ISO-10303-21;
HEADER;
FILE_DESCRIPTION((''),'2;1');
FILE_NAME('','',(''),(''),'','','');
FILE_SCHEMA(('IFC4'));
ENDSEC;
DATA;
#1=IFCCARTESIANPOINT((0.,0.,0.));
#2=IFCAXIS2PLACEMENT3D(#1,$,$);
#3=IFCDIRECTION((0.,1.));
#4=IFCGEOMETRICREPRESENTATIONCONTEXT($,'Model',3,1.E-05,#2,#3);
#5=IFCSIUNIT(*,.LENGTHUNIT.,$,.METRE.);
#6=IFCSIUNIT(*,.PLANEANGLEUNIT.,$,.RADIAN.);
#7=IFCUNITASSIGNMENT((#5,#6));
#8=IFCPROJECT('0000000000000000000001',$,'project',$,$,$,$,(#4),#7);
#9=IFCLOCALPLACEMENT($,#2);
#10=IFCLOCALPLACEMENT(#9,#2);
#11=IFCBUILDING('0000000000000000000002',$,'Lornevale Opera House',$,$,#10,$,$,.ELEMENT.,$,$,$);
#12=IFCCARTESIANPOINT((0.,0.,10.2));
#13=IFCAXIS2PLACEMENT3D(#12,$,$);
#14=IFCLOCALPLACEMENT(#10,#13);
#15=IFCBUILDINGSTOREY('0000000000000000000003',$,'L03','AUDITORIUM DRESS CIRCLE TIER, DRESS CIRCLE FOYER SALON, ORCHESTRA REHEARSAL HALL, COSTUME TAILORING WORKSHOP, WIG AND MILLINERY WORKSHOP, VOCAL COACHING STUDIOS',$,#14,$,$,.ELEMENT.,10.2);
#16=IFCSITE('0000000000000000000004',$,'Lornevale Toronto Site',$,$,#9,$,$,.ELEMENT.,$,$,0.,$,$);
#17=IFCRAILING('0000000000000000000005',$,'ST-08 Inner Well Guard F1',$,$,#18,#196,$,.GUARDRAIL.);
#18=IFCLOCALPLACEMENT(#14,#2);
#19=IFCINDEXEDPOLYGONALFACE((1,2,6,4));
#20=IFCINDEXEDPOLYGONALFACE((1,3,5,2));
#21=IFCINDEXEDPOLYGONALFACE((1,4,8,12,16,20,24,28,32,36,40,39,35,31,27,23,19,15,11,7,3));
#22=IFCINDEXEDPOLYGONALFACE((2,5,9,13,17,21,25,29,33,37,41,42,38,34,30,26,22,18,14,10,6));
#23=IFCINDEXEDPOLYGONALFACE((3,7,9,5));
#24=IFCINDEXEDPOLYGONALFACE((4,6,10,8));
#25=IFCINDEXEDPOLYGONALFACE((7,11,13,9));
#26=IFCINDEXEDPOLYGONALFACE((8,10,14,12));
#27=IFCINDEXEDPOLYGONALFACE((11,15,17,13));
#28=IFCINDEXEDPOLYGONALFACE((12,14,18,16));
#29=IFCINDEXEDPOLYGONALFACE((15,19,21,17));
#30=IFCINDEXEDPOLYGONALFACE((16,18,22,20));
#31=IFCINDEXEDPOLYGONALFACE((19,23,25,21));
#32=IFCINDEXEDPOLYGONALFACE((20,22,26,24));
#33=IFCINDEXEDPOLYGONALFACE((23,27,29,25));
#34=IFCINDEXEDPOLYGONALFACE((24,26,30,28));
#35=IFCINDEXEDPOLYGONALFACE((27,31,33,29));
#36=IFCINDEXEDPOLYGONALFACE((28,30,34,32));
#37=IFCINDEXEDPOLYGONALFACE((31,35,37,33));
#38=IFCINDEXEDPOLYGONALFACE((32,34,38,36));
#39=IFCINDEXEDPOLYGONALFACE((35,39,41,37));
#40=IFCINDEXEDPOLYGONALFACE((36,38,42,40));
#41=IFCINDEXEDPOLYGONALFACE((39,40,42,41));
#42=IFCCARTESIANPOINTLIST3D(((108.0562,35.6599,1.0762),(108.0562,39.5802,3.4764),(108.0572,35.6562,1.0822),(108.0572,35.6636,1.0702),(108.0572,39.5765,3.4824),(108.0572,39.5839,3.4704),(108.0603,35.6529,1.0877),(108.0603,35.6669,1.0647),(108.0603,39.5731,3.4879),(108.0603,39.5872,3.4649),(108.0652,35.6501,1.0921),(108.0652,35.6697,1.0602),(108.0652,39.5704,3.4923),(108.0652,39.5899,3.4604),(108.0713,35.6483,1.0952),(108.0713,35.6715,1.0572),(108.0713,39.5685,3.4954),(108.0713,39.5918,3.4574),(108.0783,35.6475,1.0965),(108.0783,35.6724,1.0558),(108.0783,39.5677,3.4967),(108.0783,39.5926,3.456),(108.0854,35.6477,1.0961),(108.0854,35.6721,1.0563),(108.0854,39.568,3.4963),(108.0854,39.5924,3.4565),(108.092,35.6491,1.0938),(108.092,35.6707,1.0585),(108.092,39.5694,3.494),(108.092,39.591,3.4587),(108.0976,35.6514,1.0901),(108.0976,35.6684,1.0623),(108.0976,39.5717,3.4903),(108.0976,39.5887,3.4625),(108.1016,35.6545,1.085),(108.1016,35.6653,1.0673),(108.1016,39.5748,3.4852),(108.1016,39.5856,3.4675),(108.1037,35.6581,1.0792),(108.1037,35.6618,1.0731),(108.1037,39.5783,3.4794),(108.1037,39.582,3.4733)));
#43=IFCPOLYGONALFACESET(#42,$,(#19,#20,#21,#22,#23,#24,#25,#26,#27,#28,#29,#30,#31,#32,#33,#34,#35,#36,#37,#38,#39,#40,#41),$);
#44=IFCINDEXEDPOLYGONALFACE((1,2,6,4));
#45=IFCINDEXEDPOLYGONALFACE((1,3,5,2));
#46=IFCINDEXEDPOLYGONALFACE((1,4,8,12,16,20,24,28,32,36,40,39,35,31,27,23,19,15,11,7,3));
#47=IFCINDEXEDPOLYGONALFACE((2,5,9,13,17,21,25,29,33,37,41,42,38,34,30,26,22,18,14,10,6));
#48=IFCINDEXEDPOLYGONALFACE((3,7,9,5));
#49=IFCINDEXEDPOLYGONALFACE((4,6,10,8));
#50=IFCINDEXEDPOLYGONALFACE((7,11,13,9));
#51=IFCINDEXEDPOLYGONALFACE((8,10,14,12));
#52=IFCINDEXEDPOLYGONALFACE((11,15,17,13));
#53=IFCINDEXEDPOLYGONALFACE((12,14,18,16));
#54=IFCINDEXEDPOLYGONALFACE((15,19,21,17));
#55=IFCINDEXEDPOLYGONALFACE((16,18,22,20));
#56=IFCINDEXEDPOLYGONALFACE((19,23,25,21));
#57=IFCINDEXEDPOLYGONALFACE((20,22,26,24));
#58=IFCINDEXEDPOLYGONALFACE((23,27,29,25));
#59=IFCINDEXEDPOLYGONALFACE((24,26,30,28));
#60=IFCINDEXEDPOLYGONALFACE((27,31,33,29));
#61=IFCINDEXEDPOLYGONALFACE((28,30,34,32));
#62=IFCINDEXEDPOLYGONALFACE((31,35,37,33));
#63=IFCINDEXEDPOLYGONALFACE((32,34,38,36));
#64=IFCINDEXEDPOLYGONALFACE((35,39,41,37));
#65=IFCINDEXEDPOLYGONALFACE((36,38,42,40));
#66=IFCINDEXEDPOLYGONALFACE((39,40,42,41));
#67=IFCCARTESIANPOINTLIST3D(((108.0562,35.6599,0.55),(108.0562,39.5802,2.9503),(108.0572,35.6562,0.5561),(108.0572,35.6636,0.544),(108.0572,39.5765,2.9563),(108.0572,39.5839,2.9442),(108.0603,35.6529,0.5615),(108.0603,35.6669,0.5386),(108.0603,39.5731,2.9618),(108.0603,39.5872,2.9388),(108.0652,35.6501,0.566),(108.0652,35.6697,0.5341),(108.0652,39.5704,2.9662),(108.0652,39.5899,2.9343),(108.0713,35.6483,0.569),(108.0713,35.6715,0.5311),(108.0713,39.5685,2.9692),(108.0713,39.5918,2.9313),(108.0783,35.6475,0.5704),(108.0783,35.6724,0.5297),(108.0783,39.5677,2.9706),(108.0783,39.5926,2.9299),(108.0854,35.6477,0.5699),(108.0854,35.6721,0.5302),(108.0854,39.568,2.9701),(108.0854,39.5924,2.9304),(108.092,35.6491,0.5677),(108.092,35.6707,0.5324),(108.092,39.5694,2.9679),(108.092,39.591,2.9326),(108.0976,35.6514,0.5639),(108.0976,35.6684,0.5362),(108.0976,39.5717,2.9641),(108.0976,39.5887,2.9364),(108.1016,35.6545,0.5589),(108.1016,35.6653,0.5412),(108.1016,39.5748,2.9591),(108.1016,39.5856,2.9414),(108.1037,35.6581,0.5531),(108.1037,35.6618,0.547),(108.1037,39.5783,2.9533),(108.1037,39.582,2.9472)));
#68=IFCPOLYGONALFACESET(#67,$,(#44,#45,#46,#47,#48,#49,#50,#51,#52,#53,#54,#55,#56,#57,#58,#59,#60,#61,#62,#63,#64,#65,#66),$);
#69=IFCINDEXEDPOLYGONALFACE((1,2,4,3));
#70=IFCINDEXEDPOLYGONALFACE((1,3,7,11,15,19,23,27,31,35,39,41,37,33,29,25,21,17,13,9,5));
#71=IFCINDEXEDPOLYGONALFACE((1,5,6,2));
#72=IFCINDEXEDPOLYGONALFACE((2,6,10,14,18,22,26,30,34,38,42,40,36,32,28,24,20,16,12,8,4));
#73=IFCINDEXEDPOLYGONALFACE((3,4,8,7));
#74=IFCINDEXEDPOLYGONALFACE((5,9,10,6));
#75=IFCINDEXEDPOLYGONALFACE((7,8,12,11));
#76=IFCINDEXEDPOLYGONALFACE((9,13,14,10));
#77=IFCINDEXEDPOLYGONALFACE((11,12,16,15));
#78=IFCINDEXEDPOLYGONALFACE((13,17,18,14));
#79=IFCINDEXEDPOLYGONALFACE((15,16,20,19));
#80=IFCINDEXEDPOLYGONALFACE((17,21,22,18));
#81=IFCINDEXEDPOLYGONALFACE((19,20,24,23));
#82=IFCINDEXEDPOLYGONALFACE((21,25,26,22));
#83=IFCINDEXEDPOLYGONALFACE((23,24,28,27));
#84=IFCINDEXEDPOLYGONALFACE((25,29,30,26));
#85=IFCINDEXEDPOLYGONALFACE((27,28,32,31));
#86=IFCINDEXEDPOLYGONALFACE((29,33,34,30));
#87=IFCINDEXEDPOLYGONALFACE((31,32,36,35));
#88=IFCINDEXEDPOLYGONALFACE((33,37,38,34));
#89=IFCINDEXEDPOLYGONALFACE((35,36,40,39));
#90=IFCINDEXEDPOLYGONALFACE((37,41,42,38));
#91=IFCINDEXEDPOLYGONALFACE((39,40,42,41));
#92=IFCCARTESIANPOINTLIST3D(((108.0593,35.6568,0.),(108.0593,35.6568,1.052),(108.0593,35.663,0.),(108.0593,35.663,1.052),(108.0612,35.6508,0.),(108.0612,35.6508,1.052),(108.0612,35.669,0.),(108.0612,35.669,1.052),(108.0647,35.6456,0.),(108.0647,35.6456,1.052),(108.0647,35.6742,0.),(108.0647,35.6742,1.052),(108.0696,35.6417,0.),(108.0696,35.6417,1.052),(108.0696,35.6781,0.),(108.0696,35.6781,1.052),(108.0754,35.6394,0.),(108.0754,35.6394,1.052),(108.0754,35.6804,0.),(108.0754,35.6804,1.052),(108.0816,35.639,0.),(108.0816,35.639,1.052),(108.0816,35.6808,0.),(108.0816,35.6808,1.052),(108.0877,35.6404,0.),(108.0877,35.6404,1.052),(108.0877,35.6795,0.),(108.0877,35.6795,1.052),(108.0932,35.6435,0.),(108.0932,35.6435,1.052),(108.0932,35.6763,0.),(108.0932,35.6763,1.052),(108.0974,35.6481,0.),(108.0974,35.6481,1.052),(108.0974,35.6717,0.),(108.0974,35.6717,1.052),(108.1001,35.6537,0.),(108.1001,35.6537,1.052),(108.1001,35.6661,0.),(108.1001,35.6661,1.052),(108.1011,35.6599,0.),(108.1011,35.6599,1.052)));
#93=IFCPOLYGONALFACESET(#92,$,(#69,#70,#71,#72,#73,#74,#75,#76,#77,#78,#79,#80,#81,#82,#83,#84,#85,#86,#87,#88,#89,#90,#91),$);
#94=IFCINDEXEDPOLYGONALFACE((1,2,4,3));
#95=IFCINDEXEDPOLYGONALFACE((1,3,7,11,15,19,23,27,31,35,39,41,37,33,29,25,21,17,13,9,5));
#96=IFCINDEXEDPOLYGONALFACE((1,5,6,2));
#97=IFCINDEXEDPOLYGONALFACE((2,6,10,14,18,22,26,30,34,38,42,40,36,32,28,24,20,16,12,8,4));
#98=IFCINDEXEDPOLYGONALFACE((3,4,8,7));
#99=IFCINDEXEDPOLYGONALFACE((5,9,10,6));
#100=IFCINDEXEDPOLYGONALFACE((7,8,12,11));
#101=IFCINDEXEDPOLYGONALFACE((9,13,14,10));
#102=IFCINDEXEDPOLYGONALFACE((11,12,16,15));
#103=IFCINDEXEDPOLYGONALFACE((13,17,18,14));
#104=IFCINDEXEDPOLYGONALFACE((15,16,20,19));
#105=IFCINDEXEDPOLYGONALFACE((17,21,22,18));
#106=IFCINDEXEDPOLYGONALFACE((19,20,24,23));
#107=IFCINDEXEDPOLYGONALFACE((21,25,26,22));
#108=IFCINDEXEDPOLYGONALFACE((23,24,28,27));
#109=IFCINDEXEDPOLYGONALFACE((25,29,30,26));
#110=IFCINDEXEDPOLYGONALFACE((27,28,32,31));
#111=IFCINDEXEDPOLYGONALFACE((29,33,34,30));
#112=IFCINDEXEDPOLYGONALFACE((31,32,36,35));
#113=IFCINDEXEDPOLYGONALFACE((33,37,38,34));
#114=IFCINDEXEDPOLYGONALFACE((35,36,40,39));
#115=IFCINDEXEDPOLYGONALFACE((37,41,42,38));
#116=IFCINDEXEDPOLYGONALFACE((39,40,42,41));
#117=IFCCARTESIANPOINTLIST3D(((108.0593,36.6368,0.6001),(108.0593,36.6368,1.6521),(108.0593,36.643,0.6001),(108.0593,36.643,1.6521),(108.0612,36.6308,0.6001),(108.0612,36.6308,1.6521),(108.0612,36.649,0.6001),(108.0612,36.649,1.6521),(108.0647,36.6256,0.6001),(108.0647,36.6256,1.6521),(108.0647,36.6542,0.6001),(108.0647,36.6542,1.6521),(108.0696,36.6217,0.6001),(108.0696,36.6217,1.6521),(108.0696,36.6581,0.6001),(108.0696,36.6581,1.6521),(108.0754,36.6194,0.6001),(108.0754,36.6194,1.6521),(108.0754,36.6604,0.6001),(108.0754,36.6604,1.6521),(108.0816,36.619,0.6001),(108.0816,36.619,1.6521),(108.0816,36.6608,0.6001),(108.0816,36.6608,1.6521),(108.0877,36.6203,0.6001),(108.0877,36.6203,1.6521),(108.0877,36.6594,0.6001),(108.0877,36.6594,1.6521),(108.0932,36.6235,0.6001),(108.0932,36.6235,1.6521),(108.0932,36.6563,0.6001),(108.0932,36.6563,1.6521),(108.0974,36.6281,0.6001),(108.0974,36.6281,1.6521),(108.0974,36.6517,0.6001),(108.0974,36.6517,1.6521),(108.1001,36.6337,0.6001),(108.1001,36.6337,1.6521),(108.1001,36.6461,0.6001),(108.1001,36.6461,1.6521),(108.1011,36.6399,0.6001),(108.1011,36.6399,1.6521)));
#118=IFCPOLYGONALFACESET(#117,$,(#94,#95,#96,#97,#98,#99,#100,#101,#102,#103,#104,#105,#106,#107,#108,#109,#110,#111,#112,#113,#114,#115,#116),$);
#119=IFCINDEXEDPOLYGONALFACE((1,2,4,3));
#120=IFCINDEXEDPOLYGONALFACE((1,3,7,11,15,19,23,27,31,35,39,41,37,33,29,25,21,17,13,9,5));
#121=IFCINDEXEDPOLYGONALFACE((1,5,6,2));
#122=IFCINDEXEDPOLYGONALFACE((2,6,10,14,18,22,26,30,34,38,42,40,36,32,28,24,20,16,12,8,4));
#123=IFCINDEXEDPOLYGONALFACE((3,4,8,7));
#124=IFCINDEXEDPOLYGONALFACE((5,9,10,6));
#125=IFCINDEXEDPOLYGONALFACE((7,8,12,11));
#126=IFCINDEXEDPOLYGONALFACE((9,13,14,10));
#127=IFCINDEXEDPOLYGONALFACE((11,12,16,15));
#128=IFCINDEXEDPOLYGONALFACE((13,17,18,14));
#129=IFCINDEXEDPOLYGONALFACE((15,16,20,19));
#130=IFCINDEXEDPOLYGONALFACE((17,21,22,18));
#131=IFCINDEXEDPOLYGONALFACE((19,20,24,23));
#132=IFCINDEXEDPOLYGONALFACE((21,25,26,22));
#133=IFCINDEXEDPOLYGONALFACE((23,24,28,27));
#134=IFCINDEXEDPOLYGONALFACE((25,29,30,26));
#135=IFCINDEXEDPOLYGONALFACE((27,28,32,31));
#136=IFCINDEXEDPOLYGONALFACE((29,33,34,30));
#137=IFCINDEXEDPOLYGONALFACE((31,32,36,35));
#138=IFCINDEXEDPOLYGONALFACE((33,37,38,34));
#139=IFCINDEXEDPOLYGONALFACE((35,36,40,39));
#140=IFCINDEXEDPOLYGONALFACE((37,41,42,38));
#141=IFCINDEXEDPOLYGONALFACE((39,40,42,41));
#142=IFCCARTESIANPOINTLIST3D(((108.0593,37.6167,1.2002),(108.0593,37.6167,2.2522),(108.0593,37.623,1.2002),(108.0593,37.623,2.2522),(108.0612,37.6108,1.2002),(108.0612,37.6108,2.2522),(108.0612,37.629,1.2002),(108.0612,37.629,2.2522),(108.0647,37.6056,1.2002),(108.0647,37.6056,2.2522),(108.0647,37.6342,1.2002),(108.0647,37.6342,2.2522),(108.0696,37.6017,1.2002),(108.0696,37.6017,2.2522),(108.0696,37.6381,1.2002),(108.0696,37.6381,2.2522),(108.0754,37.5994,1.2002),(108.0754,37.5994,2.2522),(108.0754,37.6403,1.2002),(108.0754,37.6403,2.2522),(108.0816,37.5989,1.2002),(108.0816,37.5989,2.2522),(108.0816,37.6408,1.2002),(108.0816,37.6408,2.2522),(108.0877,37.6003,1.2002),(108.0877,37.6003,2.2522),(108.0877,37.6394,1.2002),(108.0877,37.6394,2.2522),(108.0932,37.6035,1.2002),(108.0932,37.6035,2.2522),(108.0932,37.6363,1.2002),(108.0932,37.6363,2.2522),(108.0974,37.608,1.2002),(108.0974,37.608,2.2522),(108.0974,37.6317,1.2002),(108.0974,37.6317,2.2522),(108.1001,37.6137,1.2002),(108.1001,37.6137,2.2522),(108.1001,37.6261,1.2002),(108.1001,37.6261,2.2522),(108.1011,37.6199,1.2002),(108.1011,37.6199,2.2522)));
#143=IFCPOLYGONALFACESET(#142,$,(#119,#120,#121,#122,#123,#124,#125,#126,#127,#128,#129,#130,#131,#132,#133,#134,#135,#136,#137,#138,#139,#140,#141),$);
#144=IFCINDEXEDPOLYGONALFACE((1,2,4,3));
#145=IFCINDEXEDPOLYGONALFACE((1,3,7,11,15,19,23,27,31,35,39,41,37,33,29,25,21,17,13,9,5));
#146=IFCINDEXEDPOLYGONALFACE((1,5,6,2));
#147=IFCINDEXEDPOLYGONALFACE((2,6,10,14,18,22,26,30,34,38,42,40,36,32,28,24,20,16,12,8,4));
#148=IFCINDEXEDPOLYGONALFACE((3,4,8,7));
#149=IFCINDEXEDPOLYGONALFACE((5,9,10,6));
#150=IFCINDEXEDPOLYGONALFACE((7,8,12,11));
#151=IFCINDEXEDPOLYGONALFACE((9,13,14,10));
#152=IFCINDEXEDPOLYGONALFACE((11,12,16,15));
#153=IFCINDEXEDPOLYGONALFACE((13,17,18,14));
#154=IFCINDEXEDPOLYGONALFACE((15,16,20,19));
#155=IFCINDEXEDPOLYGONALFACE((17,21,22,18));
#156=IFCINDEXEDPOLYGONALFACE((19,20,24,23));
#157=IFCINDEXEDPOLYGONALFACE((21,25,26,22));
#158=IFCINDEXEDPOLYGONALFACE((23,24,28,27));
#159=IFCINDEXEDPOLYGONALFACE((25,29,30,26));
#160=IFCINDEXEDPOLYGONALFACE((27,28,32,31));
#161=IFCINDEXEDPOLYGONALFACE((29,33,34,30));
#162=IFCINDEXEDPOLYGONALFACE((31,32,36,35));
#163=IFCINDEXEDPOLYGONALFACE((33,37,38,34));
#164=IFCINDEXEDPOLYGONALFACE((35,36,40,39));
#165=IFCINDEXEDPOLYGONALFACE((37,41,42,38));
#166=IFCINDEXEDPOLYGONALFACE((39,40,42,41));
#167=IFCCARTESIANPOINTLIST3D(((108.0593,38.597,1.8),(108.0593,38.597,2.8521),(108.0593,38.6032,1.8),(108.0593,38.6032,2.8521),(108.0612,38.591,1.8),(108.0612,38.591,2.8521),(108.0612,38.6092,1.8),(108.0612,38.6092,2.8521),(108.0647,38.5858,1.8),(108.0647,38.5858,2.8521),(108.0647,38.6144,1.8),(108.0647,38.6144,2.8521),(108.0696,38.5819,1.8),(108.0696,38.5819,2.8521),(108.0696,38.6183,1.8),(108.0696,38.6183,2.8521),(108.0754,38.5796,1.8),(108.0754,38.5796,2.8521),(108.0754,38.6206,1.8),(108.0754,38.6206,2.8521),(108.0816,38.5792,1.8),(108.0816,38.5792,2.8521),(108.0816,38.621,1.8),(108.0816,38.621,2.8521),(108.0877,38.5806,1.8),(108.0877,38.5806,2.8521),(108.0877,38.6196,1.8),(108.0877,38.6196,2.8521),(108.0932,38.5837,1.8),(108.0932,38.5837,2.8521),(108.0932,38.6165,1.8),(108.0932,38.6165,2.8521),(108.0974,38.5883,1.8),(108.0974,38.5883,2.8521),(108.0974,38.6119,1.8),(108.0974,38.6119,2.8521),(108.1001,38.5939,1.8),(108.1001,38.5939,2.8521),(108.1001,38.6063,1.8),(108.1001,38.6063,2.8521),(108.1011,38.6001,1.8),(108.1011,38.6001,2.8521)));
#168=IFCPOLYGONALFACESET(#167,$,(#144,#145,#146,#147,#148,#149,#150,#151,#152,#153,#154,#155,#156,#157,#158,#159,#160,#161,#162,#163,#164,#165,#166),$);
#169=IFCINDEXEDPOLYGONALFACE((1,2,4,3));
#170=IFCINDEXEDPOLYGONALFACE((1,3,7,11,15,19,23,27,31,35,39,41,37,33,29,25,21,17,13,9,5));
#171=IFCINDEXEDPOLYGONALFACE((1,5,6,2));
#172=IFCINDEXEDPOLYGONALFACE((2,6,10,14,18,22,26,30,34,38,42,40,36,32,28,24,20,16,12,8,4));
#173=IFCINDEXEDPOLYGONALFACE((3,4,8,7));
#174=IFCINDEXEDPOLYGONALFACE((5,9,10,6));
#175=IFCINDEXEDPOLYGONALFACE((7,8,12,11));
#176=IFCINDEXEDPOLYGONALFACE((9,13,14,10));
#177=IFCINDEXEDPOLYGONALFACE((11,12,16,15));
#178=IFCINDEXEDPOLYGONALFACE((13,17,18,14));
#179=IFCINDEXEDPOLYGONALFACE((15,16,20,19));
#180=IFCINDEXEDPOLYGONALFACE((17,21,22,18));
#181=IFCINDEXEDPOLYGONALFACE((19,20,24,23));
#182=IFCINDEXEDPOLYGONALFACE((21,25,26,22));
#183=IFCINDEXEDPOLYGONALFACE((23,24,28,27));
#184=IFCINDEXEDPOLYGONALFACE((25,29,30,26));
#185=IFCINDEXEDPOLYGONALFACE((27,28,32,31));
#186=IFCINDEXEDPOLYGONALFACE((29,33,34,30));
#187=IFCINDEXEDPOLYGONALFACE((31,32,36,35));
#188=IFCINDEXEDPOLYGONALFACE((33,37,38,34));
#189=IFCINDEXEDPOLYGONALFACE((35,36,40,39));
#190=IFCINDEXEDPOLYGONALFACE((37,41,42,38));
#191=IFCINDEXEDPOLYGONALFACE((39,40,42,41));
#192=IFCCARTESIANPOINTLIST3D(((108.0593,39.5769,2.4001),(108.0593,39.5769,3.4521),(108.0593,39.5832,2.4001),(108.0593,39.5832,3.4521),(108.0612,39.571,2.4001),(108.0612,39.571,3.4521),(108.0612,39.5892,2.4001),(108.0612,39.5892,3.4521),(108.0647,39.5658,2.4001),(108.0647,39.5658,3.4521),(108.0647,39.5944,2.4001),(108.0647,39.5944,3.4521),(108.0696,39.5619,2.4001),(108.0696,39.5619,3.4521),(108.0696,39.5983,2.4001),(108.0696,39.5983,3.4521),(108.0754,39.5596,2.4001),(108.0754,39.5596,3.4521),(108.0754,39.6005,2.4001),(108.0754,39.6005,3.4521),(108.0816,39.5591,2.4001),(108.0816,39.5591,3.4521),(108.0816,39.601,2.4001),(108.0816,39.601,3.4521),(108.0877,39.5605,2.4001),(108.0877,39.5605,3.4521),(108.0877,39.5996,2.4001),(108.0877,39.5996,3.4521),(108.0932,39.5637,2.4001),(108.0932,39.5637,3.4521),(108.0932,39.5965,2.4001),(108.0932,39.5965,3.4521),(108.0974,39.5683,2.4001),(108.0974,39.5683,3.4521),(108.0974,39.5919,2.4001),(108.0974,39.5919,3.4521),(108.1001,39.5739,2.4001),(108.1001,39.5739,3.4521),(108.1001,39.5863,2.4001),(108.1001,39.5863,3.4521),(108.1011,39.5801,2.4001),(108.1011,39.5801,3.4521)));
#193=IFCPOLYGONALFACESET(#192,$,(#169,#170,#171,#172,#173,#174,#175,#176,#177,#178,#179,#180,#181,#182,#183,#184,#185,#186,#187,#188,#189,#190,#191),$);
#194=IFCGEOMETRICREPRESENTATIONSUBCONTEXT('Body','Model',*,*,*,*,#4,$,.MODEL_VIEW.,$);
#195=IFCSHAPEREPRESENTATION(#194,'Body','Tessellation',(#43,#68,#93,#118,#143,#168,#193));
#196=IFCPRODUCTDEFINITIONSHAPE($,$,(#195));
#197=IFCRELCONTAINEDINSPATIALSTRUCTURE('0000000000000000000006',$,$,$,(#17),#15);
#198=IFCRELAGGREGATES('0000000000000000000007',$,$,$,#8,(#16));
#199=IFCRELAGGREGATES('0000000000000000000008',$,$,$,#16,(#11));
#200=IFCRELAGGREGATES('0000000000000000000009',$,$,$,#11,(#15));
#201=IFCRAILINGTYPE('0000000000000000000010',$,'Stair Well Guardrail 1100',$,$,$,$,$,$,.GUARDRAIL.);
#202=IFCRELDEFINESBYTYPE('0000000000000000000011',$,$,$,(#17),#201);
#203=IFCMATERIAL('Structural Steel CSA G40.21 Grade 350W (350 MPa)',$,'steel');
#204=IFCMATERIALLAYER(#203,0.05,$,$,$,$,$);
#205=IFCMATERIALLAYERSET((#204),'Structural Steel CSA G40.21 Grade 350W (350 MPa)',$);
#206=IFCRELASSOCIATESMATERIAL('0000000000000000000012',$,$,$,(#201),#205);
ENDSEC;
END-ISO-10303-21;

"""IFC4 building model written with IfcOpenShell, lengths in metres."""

from ifc_helpers import new_model, si_unit, direction, frame, origin, origin_2d, place, context, subcontext, project, spatial, circle, extrude, material, layer, layer_set, type_object, element, save


model = new_model("IFC4")

# Units and contexts
model_context = context("Model", 3, precision=1e-05, world=origin(), true_north=direction((0.0, 1.0)))
body_context = subcontext(model_context, "Body", "Model", "MODEL_VIEW")
ifc_project = project(units=[si_unit("LENGTHUNIT", "METRE"), si_unit("PLANEANGLEUNIT", "RADIAN")], contexts=[model_context])

# Site, building, storey
site_placement = place(None, origin())
site = spatial("IfcSite", under=ifc_project, at=site_placement, Name="Lornevale Toronto Site", CompositionType="ELEMENT", RefElevation=0.0)
building_placement = place(site_placement, origin())
building = spatial("IfcBuilding", under=site, at=building_placement, Name="Lornevale Opera House", CompositionType="ELEMENT")
storey_placement = place(building_placement, frame((0.0, 0.0, 10.2)))
storey = spatial("IfcBuildingStorey", under=building, at=storey_placement, Name="L03", Description="AUDITORIUM DRESS CIRCLE TIER, DRESS CIRCLE FOYER SALON, ORCHESTRA REHEARSAL HALL, COSTUME TAILORING WORKSHOP, WIG AND MILLINERY WORKSHOP, VOCAL COACHING STUDIOS", CompositionType="ELEMENT", Elevation=10.2)

# Shared definitions
ifc_material_1 = material(Name="Structural Steel CSA G40.21 Grade 350W (350 MPa)", Category="steel")

# Railing
ifc_layer_1 = layer(ifc_material_1, 0.05)
ifc_layer_set_1 = layer_set([ifc_layer_1], Name="Structural Steel CSA G40.21 Grade 350W (350 MPa)")
railing_type_1 = type_object("IfcRailingType", Name="Stair Well Guardrail 1100", PredefinedType="GUARDRAIL", material=ifc_layer_set_1)
railing_1_placement = place(storey_placement, frame((108.0801, 35.6599, 0.0)))
element("IfcRailing", 1, at=railing_1_placement, inside=storey, type_object=railing_type_1, Name="ST-08 Inner Well Guard F1", PredefinedType="GUARDRAIL", context=body_context, shape_type="SweptSolid", body=[
    extrude(circle(Radius=0.0239, at=origin_2d()), frame((0.0, 0.0, 1.0762), z_axis=(0.0, 0.852847, 0.522161), x_axis=(-1.0, 0.0, 0.0)), (0.0, 0.0, 1.0), 4.5967),
    extrude(circle(Radius=0.0239, at=origin_2d()), frame((0.0, 0.0, 0.55), z_axis=(0.0, 0.852847, 0.522161), x_axis=(-1.0, 0.0, 0.0)), (0.0, 0.0, 1.0), 4.5967),
    extrude(circle(Radius=0.021, at=origin_2d()), origin(), (0.0, 0.0, 1.0), 1.052),
    extrude(circle(Radius=0.021, at=origin_2d()), frame((0.0, 0.98, 0.6001)), (0.0, 0.0, 1.0), 1.052),
    extrude(circle(Radius=0.021, at=origin_2d()), frame((0.0, 1.96, 1.2002)), (0.0, 0.0, 1.0), 1.052),
    extrude(circle(Radius=0.021, at=origin_2d()), frame((0.0, 2.9402, 1.8)), (0.0, 0.0, 1.0), 1.052),
    extrude(circle(Radius=0.021, at=origin_2d()), frame((0.0, 3.9202, 2.4001)), (0.0, 0.0, 1.0), 1.052),
])

save(model, "model.ifc")
